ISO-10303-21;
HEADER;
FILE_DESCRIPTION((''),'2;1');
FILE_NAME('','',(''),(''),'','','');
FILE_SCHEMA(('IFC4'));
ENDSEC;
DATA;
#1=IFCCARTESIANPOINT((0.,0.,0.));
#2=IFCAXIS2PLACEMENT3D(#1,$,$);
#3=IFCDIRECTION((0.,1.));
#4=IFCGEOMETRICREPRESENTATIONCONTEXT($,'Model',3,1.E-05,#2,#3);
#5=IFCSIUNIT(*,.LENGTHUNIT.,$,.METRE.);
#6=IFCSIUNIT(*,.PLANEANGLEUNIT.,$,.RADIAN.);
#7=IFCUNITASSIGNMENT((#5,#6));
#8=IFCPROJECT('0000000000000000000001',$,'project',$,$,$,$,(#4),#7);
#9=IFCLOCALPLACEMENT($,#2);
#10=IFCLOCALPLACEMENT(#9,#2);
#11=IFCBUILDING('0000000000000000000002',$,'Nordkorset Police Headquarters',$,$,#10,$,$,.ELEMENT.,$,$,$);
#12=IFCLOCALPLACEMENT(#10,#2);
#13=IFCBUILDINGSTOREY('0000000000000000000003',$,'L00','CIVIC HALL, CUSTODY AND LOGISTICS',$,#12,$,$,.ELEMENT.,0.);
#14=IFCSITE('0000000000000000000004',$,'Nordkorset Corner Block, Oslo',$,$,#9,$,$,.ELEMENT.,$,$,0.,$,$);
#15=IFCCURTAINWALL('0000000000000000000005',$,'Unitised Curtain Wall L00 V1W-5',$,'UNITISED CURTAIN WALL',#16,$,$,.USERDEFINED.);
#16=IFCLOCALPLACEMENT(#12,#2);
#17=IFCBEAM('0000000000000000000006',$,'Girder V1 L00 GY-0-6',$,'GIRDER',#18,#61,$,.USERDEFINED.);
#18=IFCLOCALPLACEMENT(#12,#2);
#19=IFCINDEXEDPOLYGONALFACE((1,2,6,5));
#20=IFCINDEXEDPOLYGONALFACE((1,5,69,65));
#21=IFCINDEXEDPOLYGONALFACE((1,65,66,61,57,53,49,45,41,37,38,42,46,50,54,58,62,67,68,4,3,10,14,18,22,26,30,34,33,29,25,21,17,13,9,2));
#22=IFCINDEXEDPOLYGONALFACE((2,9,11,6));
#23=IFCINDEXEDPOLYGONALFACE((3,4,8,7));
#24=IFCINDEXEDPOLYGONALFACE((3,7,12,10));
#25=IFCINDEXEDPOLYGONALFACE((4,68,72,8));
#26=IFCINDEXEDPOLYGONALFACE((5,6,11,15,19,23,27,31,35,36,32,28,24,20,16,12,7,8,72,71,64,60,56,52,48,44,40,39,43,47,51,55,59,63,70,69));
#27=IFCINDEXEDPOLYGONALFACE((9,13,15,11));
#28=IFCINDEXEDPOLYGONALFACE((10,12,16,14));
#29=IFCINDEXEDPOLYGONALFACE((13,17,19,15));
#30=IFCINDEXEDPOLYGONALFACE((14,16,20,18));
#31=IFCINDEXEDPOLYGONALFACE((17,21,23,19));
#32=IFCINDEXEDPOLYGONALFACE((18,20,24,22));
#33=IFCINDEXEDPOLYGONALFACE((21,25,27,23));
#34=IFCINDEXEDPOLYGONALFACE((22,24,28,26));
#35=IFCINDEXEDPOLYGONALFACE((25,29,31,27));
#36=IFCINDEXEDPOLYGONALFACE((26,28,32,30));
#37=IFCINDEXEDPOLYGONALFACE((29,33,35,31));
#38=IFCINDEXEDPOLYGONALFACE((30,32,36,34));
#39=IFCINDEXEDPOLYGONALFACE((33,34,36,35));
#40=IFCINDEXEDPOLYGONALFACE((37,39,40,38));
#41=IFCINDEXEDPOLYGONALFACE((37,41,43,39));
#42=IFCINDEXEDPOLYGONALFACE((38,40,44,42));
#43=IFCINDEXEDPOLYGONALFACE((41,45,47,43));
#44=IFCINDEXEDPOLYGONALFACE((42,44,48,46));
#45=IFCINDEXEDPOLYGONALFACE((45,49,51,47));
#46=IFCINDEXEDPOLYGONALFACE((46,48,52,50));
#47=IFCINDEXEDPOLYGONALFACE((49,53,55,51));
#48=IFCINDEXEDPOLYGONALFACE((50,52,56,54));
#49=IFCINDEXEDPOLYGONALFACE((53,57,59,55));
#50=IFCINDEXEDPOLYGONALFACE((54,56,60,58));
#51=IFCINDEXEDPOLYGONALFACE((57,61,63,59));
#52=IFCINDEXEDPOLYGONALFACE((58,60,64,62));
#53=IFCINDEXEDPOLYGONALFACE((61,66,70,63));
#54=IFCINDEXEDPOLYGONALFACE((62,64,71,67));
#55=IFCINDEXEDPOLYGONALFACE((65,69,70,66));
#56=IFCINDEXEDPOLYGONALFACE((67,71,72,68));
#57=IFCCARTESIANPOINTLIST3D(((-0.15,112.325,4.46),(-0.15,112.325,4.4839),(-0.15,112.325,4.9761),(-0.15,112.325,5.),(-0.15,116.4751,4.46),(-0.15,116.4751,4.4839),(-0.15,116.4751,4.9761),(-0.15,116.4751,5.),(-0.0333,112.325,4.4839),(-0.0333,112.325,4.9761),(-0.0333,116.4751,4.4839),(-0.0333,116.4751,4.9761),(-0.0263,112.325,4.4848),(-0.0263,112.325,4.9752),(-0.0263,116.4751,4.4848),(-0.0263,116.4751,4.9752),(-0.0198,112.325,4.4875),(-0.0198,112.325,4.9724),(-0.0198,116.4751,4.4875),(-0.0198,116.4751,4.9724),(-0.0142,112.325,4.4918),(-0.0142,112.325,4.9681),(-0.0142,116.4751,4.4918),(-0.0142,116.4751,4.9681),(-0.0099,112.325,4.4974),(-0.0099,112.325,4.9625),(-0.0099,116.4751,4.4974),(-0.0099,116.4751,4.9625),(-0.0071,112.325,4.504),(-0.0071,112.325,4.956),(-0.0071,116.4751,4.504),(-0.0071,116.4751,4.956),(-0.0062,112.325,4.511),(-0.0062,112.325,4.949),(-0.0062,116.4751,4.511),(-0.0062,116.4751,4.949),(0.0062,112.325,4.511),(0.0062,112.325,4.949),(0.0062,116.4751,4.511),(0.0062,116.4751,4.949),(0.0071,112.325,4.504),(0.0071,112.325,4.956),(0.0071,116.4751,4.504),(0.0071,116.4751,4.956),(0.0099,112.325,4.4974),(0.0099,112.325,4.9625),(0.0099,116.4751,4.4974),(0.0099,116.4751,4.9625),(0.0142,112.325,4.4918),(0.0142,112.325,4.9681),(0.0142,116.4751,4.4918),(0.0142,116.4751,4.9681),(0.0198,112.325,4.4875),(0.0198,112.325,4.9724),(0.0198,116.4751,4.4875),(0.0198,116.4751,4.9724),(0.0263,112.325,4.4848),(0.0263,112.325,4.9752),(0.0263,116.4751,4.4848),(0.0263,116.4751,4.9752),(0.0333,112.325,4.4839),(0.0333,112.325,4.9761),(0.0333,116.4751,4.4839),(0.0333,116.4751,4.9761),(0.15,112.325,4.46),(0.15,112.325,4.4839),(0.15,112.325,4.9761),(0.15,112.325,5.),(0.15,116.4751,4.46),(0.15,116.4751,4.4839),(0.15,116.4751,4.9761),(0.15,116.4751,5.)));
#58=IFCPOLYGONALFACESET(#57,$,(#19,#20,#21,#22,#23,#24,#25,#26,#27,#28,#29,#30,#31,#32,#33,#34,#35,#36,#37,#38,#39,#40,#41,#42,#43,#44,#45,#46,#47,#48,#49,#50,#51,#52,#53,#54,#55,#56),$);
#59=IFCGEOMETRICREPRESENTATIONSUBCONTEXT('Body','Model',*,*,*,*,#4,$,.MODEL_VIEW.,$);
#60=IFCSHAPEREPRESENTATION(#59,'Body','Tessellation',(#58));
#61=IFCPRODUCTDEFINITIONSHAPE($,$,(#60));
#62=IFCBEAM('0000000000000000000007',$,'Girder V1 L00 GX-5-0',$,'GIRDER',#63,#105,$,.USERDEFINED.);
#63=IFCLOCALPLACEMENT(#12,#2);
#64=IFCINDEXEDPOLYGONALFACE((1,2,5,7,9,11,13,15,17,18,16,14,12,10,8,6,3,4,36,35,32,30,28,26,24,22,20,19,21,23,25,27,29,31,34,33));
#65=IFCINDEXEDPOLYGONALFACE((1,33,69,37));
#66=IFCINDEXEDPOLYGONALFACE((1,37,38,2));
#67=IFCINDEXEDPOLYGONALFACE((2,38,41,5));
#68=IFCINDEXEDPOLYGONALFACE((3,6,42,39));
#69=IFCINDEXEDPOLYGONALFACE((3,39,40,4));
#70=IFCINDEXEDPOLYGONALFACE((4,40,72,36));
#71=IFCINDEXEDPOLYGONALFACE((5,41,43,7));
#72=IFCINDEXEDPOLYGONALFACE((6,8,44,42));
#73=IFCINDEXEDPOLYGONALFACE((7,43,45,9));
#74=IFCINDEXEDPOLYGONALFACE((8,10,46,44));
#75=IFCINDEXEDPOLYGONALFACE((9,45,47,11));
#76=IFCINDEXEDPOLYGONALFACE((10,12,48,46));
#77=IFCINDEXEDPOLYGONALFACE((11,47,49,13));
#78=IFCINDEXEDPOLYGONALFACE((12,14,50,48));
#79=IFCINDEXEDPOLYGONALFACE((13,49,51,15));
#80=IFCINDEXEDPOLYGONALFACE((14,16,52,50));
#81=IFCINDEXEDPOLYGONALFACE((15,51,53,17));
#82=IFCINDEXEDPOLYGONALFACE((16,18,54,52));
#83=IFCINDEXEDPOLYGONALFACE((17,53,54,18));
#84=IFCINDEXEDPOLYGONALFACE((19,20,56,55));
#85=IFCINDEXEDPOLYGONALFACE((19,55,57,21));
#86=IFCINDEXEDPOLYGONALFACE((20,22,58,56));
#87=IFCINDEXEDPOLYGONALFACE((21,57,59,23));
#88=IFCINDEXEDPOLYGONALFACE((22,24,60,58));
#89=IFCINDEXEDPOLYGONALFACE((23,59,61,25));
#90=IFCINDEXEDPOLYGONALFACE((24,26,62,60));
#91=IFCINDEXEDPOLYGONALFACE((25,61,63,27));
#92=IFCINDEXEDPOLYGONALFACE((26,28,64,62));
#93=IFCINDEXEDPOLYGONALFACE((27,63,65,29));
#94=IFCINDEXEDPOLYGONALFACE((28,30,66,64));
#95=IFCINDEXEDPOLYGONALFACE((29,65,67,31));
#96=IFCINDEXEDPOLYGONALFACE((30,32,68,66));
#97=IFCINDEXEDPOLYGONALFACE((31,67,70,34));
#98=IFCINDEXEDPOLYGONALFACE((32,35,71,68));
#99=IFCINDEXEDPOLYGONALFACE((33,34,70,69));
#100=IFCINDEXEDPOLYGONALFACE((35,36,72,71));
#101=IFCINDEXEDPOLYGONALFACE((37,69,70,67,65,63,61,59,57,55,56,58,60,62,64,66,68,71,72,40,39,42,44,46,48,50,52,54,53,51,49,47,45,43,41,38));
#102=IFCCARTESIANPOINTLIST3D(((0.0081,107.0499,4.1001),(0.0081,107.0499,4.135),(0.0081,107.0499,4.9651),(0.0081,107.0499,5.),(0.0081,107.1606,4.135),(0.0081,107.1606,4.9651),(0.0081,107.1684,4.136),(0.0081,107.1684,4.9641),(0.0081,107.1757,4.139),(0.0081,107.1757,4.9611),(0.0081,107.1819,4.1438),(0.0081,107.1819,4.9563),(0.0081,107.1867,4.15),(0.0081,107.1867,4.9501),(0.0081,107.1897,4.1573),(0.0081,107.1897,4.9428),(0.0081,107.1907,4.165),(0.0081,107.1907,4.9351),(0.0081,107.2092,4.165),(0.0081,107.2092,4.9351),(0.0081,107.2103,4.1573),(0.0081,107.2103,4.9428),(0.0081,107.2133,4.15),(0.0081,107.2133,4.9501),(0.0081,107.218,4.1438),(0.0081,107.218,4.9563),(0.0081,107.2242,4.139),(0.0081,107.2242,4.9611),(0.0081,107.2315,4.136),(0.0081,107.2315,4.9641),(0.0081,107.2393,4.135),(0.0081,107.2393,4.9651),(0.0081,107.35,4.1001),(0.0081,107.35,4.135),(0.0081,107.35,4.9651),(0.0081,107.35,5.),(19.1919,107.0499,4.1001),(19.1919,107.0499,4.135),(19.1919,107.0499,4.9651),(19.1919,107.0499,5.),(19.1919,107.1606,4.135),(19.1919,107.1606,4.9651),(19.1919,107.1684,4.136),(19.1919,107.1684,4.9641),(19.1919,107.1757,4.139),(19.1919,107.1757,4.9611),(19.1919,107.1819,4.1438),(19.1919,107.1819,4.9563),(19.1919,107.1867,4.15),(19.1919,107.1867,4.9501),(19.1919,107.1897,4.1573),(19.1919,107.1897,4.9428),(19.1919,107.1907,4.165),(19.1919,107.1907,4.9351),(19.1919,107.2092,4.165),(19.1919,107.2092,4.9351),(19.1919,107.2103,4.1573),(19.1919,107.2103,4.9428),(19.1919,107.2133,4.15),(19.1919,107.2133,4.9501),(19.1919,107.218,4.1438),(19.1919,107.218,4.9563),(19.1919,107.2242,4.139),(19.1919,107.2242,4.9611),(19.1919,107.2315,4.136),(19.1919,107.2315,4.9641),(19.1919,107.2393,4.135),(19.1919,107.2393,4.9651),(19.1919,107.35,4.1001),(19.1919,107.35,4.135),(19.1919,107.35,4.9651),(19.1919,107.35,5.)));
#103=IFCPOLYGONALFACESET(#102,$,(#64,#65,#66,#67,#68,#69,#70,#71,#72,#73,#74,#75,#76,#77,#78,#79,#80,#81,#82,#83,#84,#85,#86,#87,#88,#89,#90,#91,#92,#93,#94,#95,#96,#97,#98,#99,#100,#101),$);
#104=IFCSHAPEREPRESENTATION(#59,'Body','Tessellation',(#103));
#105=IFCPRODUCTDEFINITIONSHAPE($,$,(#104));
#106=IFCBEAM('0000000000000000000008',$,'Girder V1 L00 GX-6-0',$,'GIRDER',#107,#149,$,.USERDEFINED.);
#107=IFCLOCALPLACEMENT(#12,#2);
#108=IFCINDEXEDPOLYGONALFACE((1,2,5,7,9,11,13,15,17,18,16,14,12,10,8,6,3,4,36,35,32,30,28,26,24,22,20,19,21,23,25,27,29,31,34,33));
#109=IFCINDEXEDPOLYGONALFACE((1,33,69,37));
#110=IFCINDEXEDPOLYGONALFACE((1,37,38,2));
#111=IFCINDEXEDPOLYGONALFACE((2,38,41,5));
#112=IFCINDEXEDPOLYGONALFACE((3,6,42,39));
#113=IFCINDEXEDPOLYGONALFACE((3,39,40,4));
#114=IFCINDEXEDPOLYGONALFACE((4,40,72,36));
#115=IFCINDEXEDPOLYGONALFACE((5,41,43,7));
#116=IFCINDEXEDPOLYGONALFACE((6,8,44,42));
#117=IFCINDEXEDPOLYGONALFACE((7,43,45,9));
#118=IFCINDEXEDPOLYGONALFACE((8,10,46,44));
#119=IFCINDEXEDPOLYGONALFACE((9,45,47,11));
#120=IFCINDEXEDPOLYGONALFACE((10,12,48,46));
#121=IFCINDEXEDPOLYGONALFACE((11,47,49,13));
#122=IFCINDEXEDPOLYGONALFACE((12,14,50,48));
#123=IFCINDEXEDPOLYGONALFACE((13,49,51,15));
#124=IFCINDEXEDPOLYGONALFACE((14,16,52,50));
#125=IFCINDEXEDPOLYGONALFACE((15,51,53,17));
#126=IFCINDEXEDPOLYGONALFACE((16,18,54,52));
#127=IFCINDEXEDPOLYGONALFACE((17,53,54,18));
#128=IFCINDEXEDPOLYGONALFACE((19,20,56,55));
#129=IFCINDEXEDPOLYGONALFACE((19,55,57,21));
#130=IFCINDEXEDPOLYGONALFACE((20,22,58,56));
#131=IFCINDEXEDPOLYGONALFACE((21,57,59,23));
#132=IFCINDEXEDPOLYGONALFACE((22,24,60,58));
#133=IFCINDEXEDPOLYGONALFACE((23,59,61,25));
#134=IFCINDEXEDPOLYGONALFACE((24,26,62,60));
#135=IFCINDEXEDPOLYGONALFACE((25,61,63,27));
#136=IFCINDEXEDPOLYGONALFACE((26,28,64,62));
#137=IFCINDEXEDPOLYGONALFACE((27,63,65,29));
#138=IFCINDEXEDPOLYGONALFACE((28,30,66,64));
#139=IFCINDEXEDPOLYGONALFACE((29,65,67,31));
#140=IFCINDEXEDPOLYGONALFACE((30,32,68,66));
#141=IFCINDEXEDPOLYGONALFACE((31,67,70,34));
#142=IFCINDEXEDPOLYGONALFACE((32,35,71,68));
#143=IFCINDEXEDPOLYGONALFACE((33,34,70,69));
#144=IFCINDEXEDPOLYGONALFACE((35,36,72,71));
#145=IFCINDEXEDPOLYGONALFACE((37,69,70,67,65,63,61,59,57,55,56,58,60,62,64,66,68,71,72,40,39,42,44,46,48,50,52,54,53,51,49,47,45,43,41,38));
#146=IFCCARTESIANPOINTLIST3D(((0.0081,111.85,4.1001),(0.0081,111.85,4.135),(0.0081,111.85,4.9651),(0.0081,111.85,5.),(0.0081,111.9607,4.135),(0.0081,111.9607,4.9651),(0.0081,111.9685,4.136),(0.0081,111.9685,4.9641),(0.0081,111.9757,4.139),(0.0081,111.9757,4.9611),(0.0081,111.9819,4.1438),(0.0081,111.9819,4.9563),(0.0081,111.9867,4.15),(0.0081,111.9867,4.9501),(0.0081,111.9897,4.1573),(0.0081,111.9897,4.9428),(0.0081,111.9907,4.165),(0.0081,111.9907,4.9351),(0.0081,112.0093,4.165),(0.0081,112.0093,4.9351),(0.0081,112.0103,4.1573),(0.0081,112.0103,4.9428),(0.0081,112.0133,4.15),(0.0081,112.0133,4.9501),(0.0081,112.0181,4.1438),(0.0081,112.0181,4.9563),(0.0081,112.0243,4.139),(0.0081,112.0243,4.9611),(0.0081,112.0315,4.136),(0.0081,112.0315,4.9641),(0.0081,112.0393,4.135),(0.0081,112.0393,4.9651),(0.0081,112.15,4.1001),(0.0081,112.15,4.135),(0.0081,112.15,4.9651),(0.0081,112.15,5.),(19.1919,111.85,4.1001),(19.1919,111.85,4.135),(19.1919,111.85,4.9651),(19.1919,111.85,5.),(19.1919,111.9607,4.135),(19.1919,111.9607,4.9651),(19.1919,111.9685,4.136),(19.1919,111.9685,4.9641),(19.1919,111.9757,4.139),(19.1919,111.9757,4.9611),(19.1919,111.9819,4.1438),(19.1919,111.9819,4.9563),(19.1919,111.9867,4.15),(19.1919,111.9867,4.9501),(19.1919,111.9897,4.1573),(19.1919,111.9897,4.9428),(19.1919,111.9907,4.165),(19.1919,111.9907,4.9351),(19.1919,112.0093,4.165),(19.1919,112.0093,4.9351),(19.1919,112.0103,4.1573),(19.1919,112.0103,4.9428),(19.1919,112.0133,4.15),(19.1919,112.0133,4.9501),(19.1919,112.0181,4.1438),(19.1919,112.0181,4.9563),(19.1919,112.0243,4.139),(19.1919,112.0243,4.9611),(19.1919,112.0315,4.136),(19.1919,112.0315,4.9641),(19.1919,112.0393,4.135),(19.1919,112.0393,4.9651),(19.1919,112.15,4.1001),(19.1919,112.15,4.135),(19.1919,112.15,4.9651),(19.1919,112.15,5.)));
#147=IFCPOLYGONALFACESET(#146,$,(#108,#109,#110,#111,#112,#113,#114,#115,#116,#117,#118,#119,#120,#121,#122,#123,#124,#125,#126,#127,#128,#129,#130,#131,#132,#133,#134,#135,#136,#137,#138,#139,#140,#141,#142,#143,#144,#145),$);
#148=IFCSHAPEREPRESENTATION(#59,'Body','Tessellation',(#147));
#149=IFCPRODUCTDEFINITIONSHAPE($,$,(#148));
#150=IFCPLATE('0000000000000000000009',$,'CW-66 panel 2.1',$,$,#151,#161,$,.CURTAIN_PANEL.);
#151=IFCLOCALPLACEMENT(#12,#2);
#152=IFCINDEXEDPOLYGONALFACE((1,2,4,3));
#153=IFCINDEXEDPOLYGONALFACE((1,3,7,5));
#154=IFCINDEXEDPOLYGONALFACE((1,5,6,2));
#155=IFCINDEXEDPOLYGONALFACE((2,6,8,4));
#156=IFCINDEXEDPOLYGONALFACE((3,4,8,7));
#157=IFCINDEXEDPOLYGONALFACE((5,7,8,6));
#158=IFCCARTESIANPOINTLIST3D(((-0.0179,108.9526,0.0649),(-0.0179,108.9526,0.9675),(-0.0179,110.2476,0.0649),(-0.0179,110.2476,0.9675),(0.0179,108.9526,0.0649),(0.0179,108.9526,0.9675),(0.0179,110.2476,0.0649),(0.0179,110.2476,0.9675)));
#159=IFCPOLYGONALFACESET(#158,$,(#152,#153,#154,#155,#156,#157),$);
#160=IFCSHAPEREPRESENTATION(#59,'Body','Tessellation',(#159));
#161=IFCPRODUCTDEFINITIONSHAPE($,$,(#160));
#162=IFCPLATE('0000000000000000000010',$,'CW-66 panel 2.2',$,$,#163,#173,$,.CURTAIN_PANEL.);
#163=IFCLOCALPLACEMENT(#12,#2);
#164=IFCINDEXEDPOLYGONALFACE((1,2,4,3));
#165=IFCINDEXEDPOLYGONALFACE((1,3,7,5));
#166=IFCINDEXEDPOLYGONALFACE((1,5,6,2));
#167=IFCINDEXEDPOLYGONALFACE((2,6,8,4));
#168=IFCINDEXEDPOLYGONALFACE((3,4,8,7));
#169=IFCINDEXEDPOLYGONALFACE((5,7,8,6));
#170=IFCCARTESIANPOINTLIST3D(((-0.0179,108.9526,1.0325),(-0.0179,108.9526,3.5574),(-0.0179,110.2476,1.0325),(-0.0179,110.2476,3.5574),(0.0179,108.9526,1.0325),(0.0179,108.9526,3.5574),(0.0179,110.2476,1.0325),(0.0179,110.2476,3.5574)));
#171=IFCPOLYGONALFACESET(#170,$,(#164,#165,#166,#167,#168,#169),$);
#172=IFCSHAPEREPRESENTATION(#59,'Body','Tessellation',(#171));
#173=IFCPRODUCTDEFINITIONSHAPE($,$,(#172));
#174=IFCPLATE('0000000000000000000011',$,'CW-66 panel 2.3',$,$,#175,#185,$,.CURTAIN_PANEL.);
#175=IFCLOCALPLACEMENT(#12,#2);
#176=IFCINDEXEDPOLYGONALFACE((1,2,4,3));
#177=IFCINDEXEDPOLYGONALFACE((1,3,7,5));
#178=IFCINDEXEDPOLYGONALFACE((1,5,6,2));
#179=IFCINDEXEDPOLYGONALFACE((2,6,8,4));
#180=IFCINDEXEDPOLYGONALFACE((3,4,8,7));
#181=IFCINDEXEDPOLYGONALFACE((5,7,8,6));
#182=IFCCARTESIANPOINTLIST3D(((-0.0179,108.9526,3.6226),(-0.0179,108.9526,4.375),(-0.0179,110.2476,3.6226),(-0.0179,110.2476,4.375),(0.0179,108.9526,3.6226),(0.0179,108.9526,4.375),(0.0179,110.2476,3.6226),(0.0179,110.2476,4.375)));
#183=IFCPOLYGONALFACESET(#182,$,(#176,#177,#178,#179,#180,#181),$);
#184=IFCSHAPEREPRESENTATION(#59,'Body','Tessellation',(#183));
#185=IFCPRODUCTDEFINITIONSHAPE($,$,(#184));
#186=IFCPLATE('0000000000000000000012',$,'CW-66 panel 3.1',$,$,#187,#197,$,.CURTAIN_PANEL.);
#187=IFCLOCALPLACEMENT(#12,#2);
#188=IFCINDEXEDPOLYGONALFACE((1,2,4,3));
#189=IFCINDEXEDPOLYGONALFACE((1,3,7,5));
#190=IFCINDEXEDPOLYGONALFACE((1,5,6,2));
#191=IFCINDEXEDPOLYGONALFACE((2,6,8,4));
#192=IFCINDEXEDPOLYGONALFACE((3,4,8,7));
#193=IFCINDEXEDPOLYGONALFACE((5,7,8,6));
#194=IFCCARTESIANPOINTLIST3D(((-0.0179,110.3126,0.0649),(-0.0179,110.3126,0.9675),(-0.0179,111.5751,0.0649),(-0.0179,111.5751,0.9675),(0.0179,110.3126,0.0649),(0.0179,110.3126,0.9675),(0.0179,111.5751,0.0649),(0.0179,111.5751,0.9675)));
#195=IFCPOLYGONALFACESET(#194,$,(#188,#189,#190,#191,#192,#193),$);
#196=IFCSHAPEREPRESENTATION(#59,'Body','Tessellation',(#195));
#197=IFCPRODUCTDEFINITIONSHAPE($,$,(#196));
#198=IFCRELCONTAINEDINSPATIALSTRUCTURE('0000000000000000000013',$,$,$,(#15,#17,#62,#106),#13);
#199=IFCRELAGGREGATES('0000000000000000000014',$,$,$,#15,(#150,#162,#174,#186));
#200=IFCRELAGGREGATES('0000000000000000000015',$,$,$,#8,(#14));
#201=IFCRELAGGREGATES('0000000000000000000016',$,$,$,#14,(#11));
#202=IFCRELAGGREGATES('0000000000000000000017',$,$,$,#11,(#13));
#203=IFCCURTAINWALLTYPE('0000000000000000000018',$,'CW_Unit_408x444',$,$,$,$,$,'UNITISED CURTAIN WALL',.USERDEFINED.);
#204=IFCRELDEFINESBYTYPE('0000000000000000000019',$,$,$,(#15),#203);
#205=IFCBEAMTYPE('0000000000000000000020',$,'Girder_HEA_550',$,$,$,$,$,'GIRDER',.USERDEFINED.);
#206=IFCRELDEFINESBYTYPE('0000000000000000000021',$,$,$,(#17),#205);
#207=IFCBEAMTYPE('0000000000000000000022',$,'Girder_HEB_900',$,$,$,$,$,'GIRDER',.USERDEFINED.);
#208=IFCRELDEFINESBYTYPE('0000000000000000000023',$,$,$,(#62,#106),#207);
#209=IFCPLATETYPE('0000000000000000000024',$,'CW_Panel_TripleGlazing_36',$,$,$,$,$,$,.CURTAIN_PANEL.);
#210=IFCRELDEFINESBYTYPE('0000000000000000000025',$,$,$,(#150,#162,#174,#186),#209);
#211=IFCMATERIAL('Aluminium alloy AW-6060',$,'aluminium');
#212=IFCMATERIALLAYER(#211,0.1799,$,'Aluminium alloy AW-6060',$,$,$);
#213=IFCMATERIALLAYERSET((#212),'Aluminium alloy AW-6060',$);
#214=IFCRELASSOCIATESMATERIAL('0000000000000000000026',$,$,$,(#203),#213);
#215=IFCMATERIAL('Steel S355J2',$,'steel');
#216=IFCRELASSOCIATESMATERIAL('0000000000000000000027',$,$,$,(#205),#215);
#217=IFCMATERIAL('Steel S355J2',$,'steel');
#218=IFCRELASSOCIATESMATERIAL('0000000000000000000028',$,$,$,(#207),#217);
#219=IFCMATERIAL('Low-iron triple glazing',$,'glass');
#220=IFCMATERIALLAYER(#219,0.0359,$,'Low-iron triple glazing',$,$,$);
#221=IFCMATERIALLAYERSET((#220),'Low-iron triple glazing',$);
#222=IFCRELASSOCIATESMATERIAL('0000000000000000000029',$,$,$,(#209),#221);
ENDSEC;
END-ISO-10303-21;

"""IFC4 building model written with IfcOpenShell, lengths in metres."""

from ifc_helpers import new_model, si_unit, direction, frame, origin, origin_2d, place, context, subcontext, project, spatial, rectangle, i_section, extrude, material, layer, layer_set, material_profile, profile_set, type_object, element, aggregate, save


model = new_model("IFC4")

# Units and contexts
model_context = context("Model", 3, precision=1e-05, world=origin(), true_north=direction((0.0, 1.0)))
body_context = subcontext(model_context, "Body", "Model", "MODEL_VIEW")
ifc_project = project(units=[si_unit("LENGTHUNIT", "METRE"), si_unit("PLANEANGLEUNIT", "RADIAN")], contexts=[model_context])

# Site, building, storey
site_placement = place(None, origin())
site = spatial("IfcSite", under=ifc_project, at=site_placement, Name="Nordkorset Corner Block, Oslo", CompositionType="ELEMENT", RefElevation=0.0)
building_placement = place(site_placement, origin())
building = spatial("IfcBuilding", under=site, at=building_placement, Name="Nordkorset Police Headquarters", CompositionType="ELEMENT")
storey_placement = place(building_placement, origin())
storey = spatial("IfcBuildingStorey", under=building, at=storey_placement, Name="L00", Description="CIVIC HALL, CUSTODY AND LOGISTICS", CompositionType="ELEMENT", Elevation=0.0)

# Curtain wall
ifc_material_1 = material(Name="Aluminium alloy AW-6060", Category="aluminium")
ifc_layer_1 = layer(ifc_material_1, 0.1799, Name="Aluminium alloy AW-6060")
ifc_layer_set_1 = layer_set([ifc_layer_1], Name="Aluminium alloy AW-6060")
curtain_wall_type = type_object("IfcCurtainWallType", Name="CW_Unit_408x444", ElementType="UNITISED CURTAIN WALL", PredefinedType="USERDEFINED", material=ifc_layer_set_1)
curtain_wall_placement = place(storey_placement, origin())
curtain_wall = element("IfcCurtainWall", 1, at=curtain_wall_placement, inside=storey, type_object=curtain_wall_type, Name="Unitised Curtain Wall L00 V1W-5", ObjectType="UNITISED CURTAIN WALL", PredefinedType="USERDEFINED")

# Beams
ifc_material_2 = material(Name="Steel S355J2", Category="steel")
ifc_material_profile_1 = material_profile(ifc_material_2, i_section(OverallWidth=0.3, OverallDepth=0.54, WebThickness=0.0125, FlangeThickness=0.0239, FilletRadius=0.0271, at=origin_2d()), Name="HEA 550")
ifc_profile_set_1 = profile_set([ifc_material_profile_1], Name="Steel S355J2")
beam_type_1 = type_object("IfcBeamType", Name="Girder_HEA_550", ElementType="GIRDER", PredefinedType="USERDEFINED", material=ifc_profile_set_1)
beam_1_placement = place(storey_placement, frame((0.0, 112.325, 4.73), z_axis=(0.0, 1.0, 0.0), x_axis=(-1.0, 0.0, 0.0)))
element("IfcBeam", 2, at=beam_1_placement, inside=storey, type_object=beam_type_1, Name="Girder V1 L00 GY-0-6", ObjectType="GIRDER", PredefinedType="USERDEFINED", context=body_context, shape_type="SweptSolid", body=[
    extrude(i_section(OverallWidth=0.3, OverallDepth=0.54, WebThickness=0.0125, FlangeThickness=0.0239, FilletRadius=0.0271, at=origin_2d()), origin(), (0.0, 0.0, 1.0), 4.1501),
])
ifc_material_3 = material(Name="Steel S355J2", Category="steel")
ifc_material_profile_2 = material_profile(ifc_material_3, i_section(OverallWidth=0.3, OverallDepth=0.8999, WebThickness=0.0186, FlangeThickness=0.0349, FilletRadius=0.03, at=origin_2d()), Name="HEB 900")
ifc_profile_set_2 = profile_set([ifc_material_profile_2], Name="Steel S355J2")
beam_type_2 = type_object("IfcBeamType", Name="Girder_HEB_900", ElementType="GIRDER", PredefinedType="USERDEFINED", material=ifc_profile_set_2)
for number, where, z_axis, x_axis, name in (
    (3, (0.0081, 107.2, 4.55), (1.0, 0.0, 0.0), (0.0, 1.0, 0.0), "Girder V1 L00 GX-5-0"),
    (4, (0.0081, 112.0, 4.55), (1.0, 0.0, 0.0), (0.0, 1.0, 0.0), "Girder V1 L00 GX-6-0"),
):
    element("IfcBeam", number, at=place(storey_placement, frame(where, z_axis=z_axis, x_axis=x_axis)), inside=storey, type_object=beam_type_2, Name=name, ObjectType="GIRDER", PredefinedType="USERDEFINED", context=body_context, shape_type="SweptSolid", body=[
        extrude(i_section(OverallWidth=0.3, OverallDepth=0.8999, WebThickness=0.0186, FlangeThickness=0.0349, FilletRadius=0.03, at=origin_2d()), origin(), (0.0, 0.0, 1.0), 19.1838),
    ])

# Plates
ifc_material_4 = material(Name="Low-iron triple glazing", Category="glass")
ifc_layer_2 = layer(ifc_material_4, 0.0359, Name="Low-iron triple glazing")
ifc_layer_set_2 = layer_set([ifc_layer_2], Name="Low-iron triple glazing")
plate_type = type_object("IfcPlateType", Name="CW_Panel_TripleGlazing_36", PredefinedType="CURTAIN_PANEL", material=ifc_layer_set_2)
plate_1_placement = place(storey_placement, frame((0.0, 109.6001, 0.0649), z_axis=(0.0, 0.0, 1.0), x_axis=(0.0, 1.0, 0.0)))
plate_1 = element("IfcPlate", 5, at=plate_1_placement, type_object=plate_type, Name="CW-66 panel 2.1", PredefinedType="CURTAIN_PANEL", context=body_context, shape_type="SweptSolid", body=[
    extrude(rectangle(XDim=1.2949, YDim=0.0359, at=origin_2d()), origin(), (0.0, 0.0, 1.0), 0.9026),
])
plate_2_placement = place(storey_placement, frame((0.0, 109.6001, 1.0325), z_axis=(0.0, 0.0, 1.0), x_axis=(0.0, 1.0, 0.0)))
plate_2 = element("IfcPlate", 6, at=plate_2_placement, type_object=plate_type, Name="CW-66 panel 2.2", PredefinedType="CURTAIN_PANEL", context=body_context, shape_type="SweptSolid", body=[
    extrude(rectangle(XDim=1.2949, YDim=0.0359, at=origin_2d()), origin(), (0.0, 0.0, 1.0), 2.5249),
])
plate_3_placement = place(storey_placement, frame((0.0, 109.6001, 3.6226), z_axis=(0.0, 0.0, 1.0), x_axis=(0.0, 1.0, 0.0)))
plate_3 = element("IfcPlate", 7, at=plate_3_placement, type_object=plate_type, Name="CW-66 panel 2.3", PredefinedType="CURTAIN_PANEL", context=body_context, shape_type="SweptSolid", body=[
    extrude(rectangle(XDim=1.2949, YDim=0.0359, at=origin_2d()), origin(), (0.0, 0.0, 1.0), 0.7524),
])
plate_4_placement = place(storey_placement, frame((0.0, 110.9438, 0.0649), z_axis=(0.0, 0.0, 1.0), x_axis=(0.0, 1.0, 0.0)))
plate_4 = element("IfcPlate", 8, at=plate_4_placement, type_object=plate_type, Name="CW-66 panel 3.1", PredefinedType="CURTAIN_PANEL", context=body_context, shape_type="SweptSolid", body=[
    extrude(rectangle(XDim=1.2625, YDim=0.0359, at=origin_2d()), origin(), (0.0, 0.0, 1.0), 0.9026),
])
aggregate(curtain_wall, [plate_1, plate_2, plate_3, plate_4])

save(model, "model.ifc")
